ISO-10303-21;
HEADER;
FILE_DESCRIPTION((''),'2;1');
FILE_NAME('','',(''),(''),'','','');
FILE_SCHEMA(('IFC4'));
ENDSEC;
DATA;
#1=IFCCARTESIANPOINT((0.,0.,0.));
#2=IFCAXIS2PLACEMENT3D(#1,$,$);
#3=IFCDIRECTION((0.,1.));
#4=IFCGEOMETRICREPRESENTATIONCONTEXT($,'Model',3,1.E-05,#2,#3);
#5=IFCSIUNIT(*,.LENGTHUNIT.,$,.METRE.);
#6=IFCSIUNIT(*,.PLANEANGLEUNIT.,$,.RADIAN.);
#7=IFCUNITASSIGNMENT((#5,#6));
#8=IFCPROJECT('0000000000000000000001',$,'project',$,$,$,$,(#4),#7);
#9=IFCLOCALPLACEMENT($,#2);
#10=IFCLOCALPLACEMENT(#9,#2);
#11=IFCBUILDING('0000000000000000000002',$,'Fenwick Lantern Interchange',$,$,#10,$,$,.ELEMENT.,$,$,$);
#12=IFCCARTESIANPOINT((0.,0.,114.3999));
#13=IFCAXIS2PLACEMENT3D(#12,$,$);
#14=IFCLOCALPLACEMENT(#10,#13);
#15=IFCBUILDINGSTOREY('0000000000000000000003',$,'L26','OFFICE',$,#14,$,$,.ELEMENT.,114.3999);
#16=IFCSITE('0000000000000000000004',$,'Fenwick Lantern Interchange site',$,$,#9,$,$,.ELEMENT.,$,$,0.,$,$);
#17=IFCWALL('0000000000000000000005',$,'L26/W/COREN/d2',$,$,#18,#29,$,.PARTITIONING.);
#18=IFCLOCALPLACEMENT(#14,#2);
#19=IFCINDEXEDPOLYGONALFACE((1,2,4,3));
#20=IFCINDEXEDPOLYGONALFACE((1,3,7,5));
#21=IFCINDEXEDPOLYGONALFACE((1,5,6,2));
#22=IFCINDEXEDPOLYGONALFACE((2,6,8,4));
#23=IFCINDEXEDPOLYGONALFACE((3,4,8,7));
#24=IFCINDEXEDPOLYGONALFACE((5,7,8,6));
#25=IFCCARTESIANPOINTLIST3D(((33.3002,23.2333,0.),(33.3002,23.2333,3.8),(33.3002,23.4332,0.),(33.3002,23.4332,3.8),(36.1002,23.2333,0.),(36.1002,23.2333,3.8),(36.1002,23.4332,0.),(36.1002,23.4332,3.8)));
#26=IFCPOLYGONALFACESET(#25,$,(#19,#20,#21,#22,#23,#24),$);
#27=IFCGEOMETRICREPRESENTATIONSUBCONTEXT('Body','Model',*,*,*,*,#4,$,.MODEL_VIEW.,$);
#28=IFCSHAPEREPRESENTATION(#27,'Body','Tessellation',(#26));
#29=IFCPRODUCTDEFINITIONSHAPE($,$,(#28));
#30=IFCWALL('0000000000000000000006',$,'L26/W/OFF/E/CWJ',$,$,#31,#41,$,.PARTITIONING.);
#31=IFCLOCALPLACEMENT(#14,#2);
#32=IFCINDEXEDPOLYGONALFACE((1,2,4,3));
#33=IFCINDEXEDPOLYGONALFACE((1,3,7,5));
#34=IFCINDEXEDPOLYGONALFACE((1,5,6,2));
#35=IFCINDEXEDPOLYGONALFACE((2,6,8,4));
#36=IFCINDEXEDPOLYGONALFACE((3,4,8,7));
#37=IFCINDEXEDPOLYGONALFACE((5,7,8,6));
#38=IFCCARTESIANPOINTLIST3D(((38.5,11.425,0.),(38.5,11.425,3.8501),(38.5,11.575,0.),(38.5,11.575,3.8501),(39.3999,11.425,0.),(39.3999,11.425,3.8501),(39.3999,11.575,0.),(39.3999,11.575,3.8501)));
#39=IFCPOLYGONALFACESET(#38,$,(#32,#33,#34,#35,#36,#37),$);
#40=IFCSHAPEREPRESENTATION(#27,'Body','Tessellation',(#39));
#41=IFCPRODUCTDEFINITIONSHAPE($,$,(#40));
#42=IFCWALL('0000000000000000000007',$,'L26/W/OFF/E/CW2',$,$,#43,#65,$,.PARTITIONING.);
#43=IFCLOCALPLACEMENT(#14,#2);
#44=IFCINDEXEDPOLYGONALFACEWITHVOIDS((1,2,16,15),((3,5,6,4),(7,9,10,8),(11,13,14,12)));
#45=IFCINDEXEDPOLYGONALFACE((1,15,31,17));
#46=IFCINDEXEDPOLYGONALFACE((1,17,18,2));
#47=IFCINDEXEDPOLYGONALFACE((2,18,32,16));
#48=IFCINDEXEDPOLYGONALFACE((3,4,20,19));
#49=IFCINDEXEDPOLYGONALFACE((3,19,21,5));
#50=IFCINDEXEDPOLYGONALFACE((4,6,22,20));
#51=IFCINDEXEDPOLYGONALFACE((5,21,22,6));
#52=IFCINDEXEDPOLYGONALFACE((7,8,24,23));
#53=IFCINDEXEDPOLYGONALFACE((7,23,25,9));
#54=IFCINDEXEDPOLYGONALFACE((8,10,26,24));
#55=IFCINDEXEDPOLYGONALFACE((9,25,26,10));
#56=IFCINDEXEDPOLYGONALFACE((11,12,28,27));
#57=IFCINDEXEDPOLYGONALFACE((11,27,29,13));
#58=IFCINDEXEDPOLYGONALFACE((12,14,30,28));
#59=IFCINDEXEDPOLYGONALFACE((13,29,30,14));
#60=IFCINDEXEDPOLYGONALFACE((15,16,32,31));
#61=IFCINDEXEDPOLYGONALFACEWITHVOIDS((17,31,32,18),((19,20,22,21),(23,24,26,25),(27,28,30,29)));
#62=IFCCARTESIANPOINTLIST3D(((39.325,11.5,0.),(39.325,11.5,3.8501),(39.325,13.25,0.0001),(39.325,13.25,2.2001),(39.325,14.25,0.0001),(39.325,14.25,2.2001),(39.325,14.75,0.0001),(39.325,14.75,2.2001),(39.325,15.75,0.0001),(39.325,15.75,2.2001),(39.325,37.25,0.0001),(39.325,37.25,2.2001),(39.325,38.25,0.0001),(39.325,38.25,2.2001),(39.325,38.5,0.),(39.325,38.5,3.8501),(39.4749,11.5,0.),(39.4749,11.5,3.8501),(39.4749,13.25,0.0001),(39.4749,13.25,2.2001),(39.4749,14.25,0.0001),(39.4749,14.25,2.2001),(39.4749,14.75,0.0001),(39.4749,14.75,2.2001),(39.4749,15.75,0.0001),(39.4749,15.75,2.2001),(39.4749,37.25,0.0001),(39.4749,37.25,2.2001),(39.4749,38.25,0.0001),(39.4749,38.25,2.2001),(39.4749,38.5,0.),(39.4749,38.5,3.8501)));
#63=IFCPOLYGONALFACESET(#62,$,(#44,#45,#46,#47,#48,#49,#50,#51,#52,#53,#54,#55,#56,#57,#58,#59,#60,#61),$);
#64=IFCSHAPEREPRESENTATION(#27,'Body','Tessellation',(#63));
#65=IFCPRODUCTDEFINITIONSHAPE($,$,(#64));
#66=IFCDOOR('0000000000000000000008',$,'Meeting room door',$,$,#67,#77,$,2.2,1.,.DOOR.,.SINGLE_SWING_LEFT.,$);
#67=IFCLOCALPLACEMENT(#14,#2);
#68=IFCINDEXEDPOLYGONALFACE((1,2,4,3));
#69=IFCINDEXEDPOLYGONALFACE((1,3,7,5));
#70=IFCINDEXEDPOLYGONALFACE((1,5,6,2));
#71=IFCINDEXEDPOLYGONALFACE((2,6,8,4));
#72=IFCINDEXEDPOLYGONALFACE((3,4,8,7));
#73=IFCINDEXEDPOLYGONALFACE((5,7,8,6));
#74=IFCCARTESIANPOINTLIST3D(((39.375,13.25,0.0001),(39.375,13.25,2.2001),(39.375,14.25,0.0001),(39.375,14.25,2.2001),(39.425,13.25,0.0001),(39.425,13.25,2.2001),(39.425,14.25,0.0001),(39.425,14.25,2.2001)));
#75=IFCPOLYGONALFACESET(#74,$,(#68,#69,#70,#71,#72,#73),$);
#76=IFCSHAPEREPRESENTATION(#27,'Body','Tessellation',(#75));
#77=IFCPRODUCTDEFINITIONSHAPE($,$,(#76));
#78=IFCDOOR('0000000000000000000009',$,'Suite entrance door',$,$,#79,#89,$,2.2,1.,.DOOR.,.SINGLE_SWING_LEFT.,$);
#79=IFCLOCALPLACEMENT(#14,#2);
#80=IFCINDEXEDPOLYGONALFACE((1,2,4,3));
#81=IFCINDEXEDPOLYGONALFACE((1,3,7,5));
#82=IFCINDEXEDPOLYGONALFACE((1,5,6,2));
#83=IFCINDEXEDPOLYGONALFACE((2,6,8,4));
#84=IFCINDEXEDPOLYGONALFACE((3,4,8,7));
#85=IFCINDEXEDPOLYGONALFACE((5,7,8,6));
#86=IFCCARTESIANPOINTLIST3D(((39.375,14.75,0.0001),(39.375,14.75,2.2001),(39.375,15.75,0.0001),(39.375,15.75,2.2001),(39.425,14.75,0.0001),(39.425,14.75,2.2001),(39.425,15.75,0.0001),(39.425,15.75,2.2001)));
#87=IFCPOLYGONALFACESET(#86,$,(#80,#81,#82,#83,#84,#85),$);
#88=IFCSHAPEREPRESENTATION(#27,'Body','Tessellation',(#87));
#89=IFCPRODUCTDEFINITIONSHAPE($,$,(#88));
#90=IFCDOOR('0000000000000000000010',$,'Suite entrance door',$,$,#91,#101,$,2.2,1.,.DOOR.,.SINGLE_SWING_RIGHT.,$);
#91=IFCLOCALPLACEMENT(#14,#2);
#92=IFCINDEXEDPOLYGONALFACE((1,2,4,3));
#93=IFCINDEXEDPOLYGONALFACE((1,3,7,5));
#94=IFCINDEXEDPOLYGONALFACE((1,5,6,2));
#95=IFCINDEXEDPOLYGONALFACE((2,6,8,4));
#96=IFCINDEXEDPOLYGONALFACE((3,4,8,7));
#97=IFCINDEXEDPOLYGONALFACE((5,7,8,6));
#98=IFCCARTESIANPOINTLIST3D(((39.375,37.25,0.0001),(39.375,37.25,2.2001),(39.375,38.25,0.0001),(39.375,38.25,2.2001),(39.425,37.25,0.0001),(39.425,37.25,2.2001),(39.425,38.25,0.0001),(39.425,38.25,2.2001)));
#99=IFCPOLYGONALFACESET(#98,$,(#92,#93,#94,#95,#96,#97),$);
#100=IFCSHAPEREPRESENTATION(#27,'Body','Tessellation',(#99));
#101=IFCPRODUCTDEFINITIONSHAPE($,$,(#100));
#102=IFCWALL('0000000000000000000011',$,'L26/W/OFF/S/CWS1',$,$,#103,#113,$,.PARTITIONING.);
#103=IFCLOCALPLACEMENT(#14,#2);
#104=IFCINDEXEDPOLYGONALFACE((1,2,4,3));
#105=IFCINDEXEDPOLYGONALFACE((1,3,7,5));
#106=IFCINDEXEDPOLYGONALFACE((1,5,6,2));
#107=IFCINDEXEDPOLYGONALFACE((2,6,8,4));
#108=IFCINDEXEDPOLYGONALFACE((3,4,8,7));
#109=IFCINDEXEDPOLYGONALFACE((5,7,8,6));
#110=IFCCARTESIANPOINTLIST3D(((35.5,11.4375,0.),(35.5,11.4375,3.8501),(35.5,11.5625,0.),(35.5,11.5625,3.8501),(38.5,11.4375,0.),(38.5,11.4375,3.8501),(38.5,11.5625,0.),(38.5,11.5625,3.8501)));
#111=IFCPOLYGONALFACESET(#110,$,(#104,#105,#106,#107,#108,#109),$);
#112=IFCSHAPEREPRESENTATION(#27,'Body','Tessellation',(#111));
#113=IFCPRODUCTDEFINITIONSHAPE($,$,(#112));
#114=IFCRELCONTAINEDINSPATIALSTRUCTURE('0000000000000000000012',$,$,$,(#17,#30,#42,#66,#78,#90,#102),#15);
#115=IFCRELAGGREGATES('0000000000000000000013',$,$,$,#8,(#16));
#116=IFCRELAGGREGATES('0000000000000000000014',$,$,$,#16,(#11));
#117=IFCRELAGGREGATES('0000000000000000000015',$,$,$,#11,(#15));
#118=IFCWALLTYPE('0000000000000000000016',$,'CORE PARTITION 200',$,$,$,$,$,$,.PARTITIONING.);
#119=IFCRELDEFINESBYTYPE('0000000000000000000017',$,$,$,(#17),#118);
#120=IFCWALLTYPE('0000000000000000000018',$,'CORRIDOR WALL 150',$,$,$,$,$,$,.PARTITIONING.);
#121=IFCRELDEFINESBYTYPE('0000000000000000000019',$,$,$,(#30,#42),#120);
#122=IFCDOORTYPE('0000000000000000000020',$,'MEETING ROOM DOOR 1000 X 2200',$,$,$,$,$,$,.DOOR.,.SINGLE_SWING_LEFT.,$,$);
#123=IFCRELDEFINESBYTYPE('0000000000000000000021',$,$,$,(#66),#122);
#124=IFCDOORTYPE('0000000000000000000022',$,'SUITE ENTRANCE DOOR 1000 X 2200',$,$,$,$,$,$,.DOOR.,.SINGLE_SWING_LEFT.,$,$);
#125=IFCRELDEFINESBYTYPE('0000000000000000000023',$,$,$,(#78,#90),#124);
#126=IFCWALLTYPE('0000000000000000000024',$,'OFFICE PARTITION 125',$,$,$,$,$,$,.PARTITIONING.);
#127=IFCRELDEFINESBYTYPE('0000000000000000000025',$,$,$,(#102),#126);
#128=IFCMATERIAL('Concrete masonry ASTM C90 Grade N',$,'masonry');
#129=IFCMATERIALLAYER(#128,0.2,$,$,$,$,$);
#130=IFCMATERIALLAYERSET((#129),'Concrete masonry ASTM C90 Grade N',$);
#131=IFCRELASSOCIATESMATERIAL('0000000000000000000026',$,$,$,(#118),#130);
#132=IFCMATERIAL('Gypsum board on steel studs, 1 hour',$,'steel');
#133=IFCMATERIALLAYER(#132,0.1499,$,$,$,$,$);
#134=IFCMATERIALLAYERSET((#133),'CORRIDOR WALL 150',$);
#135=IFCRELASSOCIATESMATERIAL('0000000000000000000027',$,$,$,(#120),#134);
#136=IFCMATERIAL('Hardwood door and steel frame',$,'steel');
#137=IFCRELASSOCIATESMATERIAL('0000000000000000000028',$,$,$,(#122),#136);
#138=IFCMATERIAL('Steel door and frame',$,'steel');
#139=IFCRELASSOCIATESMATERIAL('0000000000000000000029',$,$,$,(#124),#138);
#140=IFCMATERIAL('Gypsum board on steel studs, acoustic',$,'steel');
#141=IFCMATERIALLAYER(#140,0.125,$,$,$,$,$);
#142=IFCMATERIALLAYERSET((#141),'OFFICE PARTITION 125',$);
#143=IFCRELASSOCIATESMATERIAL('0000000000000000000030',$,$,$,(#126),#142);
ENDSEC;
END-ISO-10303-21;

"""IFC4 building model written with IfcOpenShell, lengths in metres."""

from ifc_helpers import new_model, si_unit, direction, frame, frame_2d, origin, place, context, subcontext, project, spatial, rectangle, extrude, material, layer, layer_set, type_object, element, fill, save


model = new_model("IFC4")

# Units and contexts
model_context = context("Model", 3, precision=1e-05, world=origin(), true_north=direction((0.0, 1.0)))
body_context = subcontext(model_context, "Body", "Model", "MODEL_VIEW")
ifc_project = project(units=[si_unit("LENGTHUNIT", "METRE"), si_unit("PLANEANGLEUNIT", "RADIAN")], contexts=[model_context])

# Site, building, storey
site_placement = place(None, origin())
site = spatial("IfcSite", under=ifc_project, at=site_placement, Name="Fenwick Lantern Interchange site", CompositionType="ELEMENT", RefElevation=0.0)
building_placement = place(site_placement, origin())
building = spatial("IfcBuilding", under=site, at=building_placement, Name="Fenwick Lantern Interchange", CompositionType="ELEMENT")
storey_placement = place(building_placement, frame((0.0, 0.0, 114.3999)))
storey = spatial("IfcBuildingStorey", under=building, at=storey_placement, Name="L26", Description="OFFICE", CompositionType="ELEMENT", Elevation=114.3999)

# Wall
ifc_material_1 = material(Name="Concrete masonry ASTM C90 Grade N", Category="masonry")
ifc_layer_1 = layer(ifc_material_1, 0.2)
ifc_layer_set_1 = layer_set([ifc_layer_1], Name="Concrete masonry ASTM C90 Grade N")
wall_type_1 = type_object("IfcWallType", Name="CORE PARTITION 200", PredefinedType="PARTITIONING", material=ifc_layer_set_1)
wall_1_placement = place(storey_placement, frame((36.1001, 23.3333, 0.0), z_axis=(0.0, 0.0, 1.0), x_axis=(-1.0, 0.0, 0.0)))
element("IfcWall", 1, at=wall_1_placement, inside=storey, type_object=wall_type_1, Name="L26/W/COREN/d2", PredefinedType="PARTITIONING", context=body_context, shape_type="SweptSolid", body=[
    extrude(rectangle(XDim=2.8, YDim=0.2, at=frame_2d((1.3999, 0.0))), origin(), (0.0, 0.0, 1.0), 3.8),
])

# Shared definitions
ifc_material_2 = material(Name="Steel door and frame", Category="steel")

# Wall
ifc_material_3 = material(Name="Gypsum board on steel studs, 1 hour", Category="steel")
ifc_layer_2 = layer(ifc_material_3, 0.1499)
ifc_layer_set_2 = layer_set([ifc_layer_2], Name="CORRIDOR WALL 150")
wall_type_2 = type_object("IfcWallType", Name="CORRIDOR WALL 150", PredefinedType="PARTITIONING", material=ifc_layer_set_2)
wall_2_placement = place(storey_placement, frame((38.5, 11.5, 0.0), z_axis=(0.0, 0.0, 1.0), x_axis=(1.0, 0.0, 0.0)))
element("IfcWall", 2, at=wall_2_placement, inside=storey, type_object=wall_type_2, Name="L26/W/OFF/E/CWJ", PredefinedType="PARTITIONING", context=body_context, shape_type="SweptSolid", body=[
    extrude(rectangle(XDim=0.8999, YDim=0.1499, at=frame_2d((0.45, 0.0))), origin(), (0.0, 0.0, 1.0), 3.8501),
])

# Wall, openings, doors
wall_3_placement = place(storey_placement, frame((39.3999, 11.5, 0.0), z_axis=(0.0, 0.0, 1.0), x_axis=(0.0, 1.0, 0.0)))
wall_3 = element("IfcWall", 3, at=wall_3_placement, inside=storey, type_object=wall_type_2, Name="L26/W/OFF/E/CW2", PredefinedType="PARTITIONING", context=body_context, shape_type="SweptSolid", body=[
    extrude(rectangle(XDim=27.0, YDim=0.1499, at=frame_2d((13.5, 0.0))), origin(), (0.0, 0.0, 1.0), 3.8501),
])
opening_1_placement = place(wall_3_placement, frame((3.25, 0.0, 0.0)))
opening_1 = element("IfcOpeningElement", 4, at=opening_1_placement, cuts=wall_3, PredefinedType="OPENING", context=body_context, shape_type="SweptSolid", body=[
    extrude(rectangle(XDim=1.0, YDim=2.2, at=frame_2d((0.5, 1.1001))), frame((0.0, 0.085, 0.0), z_axis=(0.0, -1.0, 0.0), x_axis=(1.0, 0.0, 0.0)), (0.0, 0.0, 1.0), 0.1699),
])
opening_2_placement = place(wall_3_placement, frame((25.75, 0.0, 0.0)))
opening_2 = element("IfcOpeningElement", 5, at=opening_2_placement, cuts=wall_3, PredefinedType="OPENING", context=body_context, shape_type="SweptSolid", body=[
    extrude(rectangle(XDim=1.0, YDim=2.2, at=frame_2d((0.5, 1.1001))), frame((0.0, 0.085, 0.0), z_axis=(0.0, -1.0, 0.0), x_axis=(1.0, 0.0, 0.0)), (0.0, 0.0, 1.0), 0.1699),
])
opening_3_placement = place(wall_3_placement, frame((1.75, 0.0, 0.0)))
opening_3 = element("IfcOpeningElement", 6, at=opening_3_placement, cuts=wall_3, PredefinedType="OPENING", context=body_context, shape_type="SweptSolid", body=[
    extrude(rectangle(XDim=1.0, YDim=2.2, at=frame_2d((0.5, 1.1001))), frame((0.0, 0.085, 0.0), z_axis=(0.0, -1.0, 0.0), x_axis=(1.0, 0.0, 0.0)), (0.0, 0.0, 1.0), 0.1699),
])
ifc_material_4 = material(Name="Hardwood door and steel frame", Category="steel")
door_type_1 = type_object("IfcDoorType", Name="MEETING ROOM DOOR 1000 X 2200", OperationType="SINGLE_SWING_LEFT", PredefinedType="DOOR", material=ifc_material_4)
door_1_placement = place(opening_3_placement, origin())
door_1 = element("IfcDoor", 7, at=door_1_placement, inside=storey, type_object=door_type_1, Name="Meeting room door", OperationType="SINGLE_SWING_LEFT", OverallHeight=2.2, OverallWidth=1.0, PredefinedType="DOOR", context=body_context, shape_type="SweptSolid", body=[
    extrude(rectangle(XDim=1.0, YDim=2.2, at=frame_2d((0.5, 1.1001))), frame((0.0, 0.0249, 0.0), z_axis=(0.0, -1.0, 0.0), x_axis=(1.0, 0.0, 0.0)), (0.0, 0.0, 1.0), 0.05),
])
fill(opening_3, door_1)
door_type_2 = type_object("IfcDoorType", Name="SUITE ENTRANCE DOOR 1000 X 2200", OperationType="SINGLE_SWING_LEFT", PredefinedType="DOOR", material=ifc_material_2)
door_2_placement = place(opening_1_placement, origin())
door_2 = element("IfcDoor", 8, at=door_2_placement, inside=storey, type_object=door_type_2, Name="Suite entrance door", OperationType="SINGLE_SWING_LEFT", OverallHeight=2.2, OverallWidth=1.0, PredefinedType="DOOR", context=body_context, shape_type="SweptSolid", body=[
    extrude(rectangle(XDim=1.0, YDim=2.2, at=frame_2d((0.5, 1.1001))), frame((0.0, 0.0249, 0.0), z_axis=(0.0, -1.0, 0.0), x_axis=(1.0, 0.0, 0.0)), (0.0, 0.0, 1.0), 0.05),
])
fill(opening_1, door_2)
door_3_placement = place(opening_2_placement, origin())
door_3 = element("IfcDoor", 9, at=door_3_placement, inside=storey, type_object=door_type_2, Name="Suite entrance door", OperationType="SINGLE_SWING_RIGHT", OverallHeight=2.2, OverallWidth=1.0, PredefinedType="DOOR", context=body_context, shape_type="SweptSolid", body=[
    extrude(rectangle(XDim=1.0, YDim=2.2, at=frame_2d((0.5, 1.1001))), frame((0.0, 0.0249, 0.0), z_axis=(0.0, -1.0, 0.0), x_axis=(1.0, 0.0, 0.0)), (0.0, 0.0, 1.0), 0.05),
])
fill(opening_2, door_3)

# Wall
ifc_material_5 = material(Name="Gypsum board on steel studs, acoustic", Category="steel")
ifc_layer_3 = layer(ifc_material_5, 0.125)
ifc_layer_set_3 = layer_set([ifc_layer_3], Name="OFFICE PARTITION 125")
wall_type_3 = type_object("IfcWallType", Name="OFFICE PARTITION 125", PredefinedType="PARTITIONING", material=ifc_layer_set_3)
wall_4_placement = place(storey_placement, frame((35.5, 11.5, 0.0), z_axis=(0.0, 0.0, 1.0), x_axis=(1.0, 0.0, 0.0)))
element("IfcWall", 10, at=wall_4_placement, inside=storey, type_object=wall_type_3, Name="L26/W/OFF/S/CWS1", PredefinedType="PARTITIONING", context=body_context, shape_type="SweptSolid", body=[
    extrude(rectangle(XDim=3.0, YDim=0.125, at=frame_2d((1.5, 0.0))), origin(), (0.0, 0.0, 1.0), 3.8501),
])

save(model, "model.ifc")
